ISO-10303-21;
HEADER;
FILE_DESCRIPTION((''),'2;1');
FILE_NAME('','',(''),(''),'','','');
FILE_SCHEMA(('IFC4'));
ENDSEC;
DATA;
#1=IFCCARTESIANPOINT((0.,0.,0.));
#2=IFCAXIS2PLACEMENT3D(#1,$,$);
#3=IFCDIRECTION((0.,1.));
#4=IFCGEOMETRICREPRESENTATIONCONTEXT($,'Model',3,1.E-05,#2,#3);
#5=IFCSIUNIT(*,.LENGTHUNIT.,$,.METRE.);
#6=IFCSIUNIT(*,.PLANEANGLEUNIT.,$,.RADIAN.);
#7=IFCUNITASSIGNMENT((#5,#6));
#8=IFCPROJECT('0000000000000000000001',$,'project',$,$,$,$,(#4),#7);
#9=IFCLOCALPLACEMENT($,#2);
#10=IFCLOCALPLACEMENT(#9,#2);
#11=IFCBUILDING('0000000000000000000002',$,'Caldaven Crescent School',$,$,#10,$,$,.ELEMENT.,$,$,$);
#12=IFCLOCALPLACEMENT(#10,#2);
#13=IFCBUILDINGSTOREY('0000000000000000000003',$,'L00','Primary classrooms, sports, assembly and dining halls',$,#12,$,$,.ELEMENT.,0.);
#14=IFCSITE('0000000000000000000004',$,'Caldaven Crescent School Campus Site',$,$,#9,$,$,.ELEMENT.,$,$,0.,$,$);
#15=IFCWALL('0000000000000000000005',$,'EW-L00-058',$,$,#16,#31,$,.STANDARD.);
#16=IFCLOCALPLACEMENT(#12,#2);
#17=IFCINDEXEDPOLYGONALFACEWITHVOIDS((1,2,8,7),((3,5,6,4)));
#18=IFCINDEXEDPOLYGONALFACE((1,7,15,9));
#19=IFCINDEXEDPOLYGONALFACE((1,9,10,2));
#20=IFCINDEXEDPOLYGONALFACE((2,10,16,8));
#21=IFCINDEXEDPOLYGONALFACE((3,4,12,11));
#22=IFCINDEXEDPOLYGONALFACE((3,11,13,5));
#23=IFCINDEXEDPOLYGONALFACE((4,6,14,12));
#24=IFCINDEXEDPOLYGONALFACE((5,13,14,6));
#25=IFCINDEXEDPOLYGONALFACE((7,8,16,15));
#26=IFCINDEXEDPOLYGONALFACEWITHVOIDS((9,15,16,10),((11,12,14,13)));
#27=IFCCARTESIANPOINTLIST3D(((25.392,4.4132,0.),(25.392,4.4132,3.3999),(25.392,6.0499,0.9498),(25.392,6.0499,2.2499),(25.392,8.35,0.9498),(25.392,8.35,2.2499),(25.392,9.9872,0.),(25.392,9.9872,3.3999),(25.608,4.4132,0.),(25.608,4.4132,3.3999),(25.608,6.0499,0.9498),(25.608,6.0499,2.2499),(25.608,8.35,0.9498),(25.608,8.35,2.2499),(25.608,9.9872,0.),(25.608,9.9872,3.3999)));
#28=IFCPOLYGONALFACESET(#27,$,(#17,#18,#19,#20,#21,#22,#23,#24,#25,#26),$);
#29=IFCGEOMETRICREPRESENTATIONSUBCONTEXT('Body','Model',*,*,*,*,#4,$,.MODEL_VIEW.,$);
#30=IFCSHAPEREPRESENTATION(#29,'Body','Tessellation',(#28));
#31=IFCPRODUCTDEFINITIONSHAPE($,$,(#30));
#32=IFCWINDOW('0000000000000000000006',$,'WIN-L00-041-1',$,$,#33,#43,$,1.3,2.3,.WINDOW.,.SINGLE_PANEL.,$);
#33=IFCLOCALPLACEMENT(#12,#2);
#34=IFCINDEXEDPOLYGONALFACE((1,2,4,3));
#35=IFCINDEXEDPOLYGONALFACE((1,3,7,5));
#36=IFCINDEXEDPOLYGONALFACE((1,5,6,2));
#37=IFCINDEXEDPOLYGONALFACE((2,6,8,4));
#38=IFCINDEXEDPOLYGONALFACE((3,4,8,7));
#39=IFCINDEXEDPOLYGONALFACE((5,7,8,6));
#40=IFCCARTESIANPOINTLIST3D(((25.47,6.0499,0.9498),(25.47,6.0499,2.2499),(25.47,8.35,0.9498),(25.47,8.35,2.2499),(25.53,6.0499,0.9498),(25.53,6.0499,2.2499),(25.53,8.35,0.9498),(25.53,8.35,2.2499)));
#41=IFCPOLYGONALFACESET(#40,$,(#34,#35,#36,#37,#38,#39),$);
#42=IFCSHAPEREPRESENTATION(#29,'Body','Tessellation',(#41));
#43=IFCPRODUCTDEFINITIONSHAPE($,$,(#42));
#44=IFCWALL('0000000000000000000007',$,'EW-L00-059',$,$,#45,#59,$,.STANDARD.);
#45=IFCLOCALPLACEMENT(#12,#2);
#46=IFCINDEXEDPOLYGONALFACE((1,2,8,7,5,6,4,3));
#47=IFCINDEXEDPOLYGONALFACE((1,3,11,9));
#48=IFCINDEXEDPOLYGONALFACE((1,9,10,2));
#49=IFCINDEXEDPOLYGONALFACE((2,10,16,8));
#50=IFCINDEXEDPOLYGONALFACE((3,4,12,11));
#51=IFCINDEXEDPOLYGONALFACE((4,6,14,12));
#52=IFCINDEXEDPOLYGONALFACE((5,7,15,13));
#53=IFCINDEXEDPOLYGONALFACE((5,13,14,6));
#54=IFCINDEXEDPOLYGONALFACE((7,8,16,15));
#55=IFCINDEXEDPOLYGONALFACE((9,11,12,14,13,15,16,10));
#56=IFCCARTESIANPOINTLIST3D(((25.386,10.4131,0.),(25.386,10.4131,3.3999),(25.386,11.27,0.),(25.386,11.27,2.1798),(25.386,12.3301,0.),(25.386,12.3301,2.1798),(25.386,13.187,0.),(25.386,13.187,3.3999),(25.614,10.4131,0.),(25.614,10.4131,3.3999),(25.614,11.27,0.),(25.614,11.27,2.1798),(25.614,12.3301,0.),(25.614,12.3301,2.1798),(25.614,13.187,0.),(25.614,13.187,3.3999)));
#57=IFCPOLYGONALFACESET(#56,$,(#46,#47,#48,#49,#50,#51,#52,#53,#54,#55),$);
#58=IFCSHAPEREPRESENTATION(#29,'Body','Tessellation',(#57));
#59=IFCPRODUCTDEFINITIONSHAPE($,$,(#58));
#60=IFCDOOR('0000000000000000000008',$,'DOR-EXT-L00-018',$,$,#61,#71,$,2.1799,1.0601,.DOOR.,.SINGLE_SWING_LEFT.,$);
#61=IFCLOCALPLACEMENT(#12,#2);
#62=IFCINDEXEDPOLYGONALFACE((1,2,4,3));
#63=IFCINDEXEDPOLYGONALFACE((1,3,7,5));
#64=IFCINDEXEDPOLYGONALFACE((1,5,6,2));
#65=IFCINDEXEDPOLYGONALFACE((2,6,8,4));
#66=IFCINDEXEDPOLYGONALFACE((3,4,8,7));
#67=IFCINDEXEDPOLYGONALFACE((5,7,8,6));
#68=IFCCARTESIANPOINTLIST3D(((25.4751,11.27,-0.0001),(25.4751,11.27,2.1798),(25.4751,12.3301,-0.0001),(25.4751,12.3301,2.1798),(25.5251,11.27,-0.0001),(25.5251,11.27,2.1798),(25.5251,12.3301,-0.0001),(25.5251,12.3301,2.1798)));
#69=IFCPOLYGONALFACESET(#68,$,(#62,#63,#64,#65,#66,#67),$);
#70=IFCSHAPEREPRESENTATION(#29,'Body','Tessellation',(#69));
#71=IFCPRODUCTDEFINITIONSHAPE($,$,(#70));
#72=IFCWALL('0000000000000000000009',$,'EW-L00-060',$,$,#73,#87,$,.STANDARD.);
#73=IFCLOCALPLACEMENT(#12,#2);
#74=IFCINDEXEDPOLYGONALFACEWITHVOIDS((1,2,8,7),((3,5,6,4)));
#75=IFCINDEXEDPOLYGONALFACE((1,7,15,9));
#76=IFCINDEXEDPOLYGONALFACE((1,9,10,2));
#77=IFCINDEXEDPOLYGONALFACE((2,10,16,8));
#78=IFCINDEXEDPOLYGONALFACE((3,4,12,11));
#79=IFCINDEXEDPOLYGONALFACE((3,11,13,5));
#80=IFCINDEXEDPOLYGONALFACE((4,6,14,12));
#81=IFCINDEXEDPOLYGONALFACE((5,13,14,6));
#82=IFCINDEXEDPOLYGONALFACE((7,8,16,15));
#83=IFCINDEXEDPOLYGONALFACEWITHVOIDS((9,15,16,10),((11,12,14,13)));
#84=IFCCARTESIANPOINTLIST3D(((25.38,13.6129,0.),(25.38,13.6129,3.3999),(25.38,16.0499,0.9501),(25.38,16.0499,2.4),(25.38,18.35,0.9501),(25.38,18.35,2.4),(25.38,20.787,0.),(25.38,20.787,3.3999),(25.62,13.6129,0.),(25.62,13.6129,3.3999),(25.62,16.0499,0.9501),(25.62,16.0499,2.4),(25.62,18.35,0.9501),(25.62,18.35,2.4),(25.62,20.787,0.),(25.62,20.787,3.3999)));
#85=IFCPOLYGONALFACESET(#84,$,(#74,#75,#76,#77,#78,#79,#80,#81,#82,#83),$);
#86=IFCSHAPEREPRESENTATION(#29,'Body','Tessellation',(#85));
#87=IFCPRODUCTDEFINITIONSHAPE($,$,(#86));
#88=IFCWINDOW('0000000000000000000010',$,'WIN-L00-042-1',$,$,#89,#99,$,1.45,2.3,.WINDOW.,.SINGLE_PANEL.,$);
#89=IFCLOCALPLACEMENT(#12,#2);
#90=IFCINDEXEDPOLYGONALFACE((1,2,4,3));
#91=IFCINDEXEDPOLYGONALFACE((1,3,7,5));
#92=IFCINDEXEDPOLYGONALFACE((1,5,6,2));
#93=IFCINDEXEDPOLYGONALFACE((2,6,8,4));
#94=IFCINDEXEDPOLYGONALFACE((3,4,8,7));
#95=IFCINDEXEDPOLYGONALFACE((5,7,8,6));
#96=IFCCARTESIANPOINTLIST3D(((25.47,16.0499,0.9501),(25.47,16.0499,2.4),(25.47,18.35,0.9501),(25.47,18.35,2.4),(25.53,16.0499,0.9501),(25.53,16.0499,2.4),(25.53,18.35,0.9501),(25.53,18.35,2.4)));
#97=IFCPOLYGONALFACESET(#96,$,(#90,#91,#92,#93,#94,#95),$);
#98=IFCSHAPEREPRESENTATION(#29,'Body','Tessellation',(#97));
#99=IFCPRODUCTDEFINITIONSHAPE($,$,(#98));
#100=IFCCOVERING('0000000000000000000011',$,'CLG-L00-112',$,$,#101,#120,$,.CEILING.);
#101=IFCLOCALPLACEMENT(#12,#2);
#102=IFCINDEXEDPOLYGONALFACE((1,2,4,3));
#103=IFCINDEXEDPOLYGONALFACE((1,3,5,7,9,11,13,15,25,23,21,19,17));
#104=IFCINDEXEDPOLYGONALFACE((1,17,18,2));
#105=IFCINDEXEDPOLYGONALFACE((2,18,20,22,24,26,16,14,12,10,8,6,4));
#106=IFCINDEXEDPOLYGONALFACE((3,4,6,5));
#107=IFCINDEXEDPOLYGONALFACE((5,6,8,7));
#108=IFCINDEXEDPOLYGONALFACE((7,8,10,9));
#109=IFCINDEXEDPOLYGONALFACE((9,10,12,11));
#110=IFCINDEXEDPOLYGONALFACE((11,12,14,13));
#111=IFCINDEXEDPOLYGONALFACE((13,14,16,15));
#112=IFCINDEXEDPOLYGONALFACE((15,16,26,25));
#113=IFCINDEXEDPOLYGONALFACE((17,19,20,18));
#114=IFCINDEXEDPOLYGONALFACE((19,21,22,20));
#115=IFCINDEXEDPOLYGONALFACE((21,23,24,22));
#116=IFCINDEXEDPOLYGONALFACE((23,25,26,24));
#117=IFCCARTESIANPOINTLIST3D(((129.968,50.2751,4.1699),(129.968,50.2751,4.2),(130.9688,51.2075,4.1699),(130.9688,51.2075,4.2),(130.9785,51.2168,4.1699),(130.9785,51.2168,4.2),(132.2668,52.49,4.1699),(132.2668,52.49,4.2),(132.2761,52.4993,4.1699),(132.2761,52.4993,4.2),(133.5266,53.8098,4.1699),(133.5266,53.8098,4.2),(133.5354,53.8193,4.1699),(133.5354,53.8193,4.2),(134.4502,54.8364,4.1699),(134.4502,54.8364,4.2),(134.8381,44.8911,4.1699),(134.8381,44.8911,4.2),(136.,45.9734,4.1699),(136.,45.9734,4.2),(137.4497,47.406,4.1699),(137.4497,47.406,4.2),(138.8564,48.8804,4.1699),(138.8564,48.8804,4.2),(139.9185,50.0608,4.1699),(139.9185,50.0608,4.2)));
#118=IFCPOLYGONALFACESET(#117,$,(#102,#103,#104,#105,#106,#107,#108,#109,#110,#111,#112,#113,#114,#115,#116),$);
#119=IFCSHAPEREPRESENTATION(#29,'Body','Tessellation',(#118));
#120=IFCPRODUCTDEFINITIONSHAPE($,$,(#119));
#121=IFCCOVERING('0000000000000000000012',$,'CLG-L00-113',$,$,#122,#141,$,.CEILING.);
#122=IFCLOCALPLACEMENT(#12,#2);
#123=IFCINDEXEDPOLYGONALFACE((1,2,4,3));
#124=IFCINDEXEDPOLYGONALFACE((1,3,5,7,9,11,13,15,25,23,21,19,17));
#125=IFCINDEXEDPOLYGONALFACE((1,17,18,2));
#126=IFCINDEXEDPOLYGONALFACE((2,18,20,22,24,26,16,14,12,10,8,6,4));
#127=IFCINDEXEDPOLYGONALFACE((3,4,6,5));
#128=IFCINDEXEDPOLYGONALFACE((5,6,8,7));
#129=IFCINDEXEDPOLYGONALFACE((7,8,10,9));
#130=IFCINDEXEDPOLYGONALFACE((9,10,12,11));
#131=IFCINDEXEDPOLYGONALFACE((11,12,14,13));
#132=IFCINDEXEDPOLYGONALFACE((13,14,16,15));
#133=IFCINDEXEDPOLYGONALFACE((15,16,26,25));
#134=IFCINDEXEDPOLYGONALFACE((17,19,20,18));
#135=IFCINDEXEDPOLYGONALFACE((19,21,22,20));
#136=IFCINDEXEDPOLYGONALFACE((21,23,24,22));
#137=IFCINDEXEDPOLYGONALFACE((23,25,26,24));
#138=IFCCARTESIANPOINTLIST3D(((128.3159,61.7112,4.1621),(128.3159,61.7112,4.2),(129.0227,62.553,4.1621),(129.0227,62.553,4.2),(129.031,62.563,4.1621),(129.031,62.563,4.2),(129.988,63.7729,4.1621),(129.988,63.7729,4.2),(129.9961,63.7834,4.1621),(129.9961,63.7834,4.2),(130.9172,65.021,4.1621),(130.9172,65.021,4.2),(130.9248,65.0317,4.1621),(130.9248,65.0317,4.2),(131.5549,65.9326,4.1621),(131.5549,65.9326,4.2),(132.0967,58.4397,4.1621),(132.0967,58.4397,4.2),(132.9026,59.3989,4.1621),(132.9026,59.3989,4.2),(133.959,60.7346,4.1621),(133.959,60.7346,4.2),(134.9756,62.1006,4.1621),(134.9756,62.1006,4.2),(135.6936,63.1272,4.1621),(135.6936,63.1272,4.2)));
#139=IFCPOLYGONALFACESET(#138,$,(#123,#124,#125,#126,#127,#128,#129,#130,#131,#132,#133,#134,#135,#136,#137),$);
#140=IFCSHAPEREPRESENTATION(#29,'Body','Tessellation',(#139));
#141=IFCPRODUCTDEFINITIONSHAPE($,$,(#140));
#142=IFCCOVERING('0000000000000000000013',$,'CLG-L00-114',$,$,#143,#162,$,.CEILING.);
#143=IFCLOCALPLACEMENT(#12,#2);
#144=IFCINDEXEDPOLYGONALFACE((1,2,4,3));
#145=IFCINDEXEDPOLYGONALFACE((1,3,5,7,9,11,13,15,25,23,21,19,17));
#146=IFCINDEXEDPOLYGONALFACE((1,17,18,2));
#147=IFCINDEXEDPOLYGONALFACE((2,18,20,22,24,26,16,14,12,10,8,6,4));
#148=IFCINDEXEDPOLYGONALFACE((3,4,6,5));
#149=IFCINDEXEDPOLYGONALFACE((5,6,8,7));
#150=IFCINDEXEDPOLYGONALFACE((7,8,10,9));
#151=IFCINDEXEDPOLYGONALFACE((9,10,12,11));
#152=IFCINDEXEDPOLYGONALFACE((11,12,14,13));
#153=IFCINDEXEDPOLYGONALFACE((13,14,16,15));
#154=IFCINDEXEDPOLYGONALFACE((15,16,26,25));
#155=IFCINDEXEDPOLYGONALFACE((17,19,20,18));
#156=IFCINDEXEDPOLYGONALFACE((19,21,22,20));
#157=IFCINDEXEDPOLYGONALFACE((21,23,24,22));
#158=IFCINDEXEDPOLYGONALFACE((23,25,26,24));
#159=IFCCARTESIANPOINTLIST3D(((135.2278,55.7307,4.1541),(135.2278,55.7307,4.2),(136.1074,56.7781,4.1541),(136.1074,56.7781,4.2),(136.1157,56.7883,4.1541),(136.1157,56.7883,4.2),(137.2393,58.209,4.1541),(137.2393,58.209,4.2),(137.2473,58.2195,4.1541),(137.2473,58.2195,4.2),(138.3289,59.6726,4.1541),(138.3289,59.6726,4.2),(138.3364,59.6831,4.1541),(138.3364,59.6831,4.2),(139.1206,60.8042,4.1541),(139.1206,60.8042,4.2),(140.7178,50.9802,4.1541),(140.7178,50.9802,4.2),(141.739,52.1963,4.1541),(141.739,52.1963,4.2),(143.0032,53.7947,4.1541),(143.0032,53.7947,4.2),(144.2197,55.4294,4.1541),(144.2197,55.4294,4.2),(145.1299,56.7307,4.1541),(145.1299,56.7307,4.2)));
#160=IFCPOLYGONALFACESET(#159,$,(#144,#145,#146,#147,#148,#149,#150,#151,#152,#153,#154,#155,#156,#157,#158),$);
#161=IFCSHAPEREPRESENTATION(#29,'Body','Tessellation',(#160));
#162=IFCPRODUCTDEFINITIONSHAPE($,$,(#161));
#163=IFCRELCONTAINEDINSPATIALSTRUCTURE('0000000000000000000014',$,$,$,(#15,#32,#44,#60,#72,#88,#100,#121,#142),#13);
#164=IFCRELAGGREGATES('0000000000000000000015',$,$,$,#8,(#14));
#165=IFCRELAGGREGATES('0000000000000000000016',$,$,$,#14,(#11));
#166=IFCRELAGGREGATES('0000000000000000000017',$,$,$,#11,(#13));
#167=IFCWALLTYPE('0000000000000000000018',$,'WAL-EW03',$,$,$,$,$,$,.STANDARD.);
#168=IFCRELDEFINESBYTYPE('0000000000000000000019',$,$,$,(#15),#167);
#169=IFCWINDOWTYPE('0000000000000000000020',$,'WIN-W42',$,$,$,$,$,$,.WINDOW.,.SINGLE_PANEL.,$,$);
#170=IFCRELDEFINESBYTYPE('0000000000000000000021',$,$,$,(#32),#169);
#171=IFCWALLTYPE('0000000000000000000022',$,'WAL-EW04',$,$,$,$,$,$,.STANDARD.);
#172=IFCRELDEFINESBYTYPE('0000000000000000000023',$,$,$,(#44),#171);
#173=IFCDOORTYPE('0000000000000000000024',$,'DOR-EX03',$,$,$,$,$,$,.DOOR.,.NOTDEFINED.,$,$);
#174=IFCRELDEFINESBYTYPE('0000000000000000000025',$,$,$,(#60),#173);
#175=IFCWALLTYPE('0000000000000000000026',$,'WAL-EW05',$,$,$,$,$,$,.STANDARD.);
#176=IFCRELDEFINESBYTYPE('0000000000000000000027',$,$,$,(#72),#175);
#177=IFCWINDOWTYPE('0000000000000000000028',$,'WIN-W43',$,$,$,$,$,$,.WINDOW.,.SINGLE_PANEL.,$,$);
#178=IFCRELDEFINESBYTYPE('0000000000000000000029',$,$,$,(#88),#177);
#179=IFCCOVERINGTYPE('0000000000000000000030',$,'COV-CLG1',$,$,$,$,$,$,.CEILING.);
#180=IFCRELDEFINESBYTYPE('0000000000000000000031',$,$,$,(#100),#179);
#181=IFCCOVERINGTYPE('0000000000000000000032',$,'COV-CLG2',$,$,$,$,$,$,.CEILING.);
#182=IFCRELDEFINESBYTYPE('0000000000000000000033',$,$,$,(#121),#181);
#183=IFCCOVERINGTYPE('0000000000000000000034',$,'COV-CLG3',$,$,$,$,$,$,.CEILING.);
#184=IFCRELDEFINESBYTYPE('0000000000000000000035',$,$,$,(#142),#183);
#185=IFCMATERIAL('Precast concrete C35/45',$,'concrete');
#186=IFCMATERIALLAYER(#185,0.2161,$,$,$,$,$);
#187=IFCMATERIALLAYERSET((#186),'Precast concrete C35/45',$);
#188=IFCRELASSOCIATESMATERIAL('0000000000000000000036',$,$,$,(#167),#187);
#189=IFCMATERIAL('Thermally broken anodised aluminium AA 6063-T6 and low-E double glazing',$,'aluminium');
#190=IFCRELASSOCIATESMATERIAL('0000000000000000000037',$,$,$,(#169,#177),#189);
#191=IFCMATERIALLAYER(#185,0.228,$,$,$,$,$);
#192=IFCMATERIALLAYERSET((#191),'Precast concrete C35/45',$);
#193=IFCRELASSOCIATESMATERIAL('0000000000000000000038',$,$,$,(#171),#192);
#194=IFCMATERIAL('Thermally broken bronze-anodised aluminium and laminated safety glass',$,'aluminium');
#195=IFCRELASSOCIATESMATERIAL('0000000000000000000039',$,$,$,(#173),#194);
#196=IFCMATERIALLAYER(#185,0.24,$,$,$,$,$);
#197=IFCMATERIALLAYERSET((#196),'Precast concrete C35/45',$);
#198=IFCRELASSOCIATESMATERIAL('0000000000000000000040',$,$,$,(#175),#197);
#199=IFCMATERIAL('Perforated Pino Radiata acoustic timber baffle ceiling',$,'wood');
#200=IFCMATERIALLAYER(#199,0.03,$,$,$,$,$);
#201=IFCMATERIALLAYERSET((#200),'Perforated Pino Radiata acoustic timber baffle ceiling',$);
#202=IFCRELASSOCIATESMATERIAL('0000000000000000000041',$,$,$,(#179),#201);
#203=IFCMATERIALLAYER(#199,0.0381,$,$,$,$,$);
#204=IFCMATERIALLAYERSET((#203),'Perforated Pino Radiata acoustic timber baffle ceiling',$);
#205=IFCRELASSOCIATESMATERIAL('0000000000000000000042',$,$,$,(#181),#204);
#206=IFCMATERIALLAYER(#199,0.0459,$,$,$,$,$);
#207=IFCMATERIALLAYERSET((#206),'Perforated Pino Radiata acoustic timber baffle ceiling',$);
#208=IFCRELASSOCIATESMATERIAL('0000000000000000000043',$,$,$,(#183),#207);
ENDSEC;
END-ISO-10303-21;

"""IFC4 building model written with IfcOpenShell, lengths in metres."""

from ifc_helpers import new_model, si_unit, direction, frame, frame_2d, origin, place, context, subcontext, project, spatial, polyline, rectangle, outline, extrude, material, layer, layer_set, type_object, element, fill, save


model = new_model("IFC4")

# Units and contexts
model_context = context("Model", 3, precision=1e-05, world=origin(), true_north=direction((0.0, 1.0)))
body_context = subcontext(model_context, "Body", "Model", "MODEL_VIEW")
ifc_project = project(units=[si_unit("LENGTHUNIT", "METRE"), si_unit("PLANEANGLEUNIT", "RADIAN")], contexts=[model_context])

# Site, building, storey
site_placement = place(None, origin())
site = spatial("IfcSite", under=ifc_project, at=site_placement, Name="Caldaven Crescent School Campus Site", CompositionType="ELEMENT", RefElevation=0.0)
building_placement = place(site_placement, origin())
building = spatial("IfcBuilding", under=site, at=building_placement, Name="Caldaven Crescent School", CompositionType="ELEMENT")
storey_placement = place(building_placement, origin())
storey = spatial("IfcBuildingStorey", under=building, at=storey_placement, Name="L00", Description="Primary classrooms, sports, assembly and dining halls", CompositionType="ELEMENT", Elevation=0.0)

# Wall, opening, window
ifc_material_1 = material(Name="Precast concrete C35/45", Category="concrete")
ifc_layer_1 = layer(ifc_material_1, 0.2161)
ifc_layer_set_1 = layer_set([ifc_layer_1], Name="Precast concrete C35/45")
wall_type_1 = type_object("IfcWallType", Name="WAL-EW03", PredefinedType="STANDARD", material=ifc_layer_set_1)
wall_1_placement = place(storey_placement, frame((25.5, 4.4131, 0.0), z_axis=(0.0, 0.0, 1.0), x_axis=(0.0, 1.0, 0.0)))
wall_1 = element("IfcWall", 1, at=wall_1_placement, inside=storey, type_object=wall_type_1, Name="EW-L00-058", PredefinedType="STANDARD", context=body_context, shape_type="SweptSolid", body=[
    extrude(rectangle(XDim=5.574, YDim=0.2161, at=frame_2d((2.7871, 0.0))), origin(), (0.0, 0.0, 1.0), 3.3999),
])
opening_1_placement = place(wall_1_placement, frame((1.637, 0.0, 0.95)))
opening_1 = element("IfcOpeningElement", 2, at=opening_1_placement, cuts=wall_1, PredefinedType="OPENING", context=body_context, shape_type="SweptSolid", body=[
    extrude(rectangle(XDim=2.3, YDim=1.3, at=frame_2d((1.1499, 0.6499))), frame((0.0, 0.1179, 0.0), z_axis=(0.0, -1.0, 0.0), x_axis=(1.0, 0.0, 0.0)), (0.0, 0.0, 1.0), 0.2361),
])
ifc_material_2 = material(Name="Thermally broken anodised aluminium AA 6063-T6 and low-E double glazing", Category="aluminium")
window_type_1 = type_object("IfcWindowType", Name="WIN-W42", PartitioningType="SINGLE_PANEL", PredefinedType="WINDOW", material=ifc_material_2)
window_1_placement = place(opening_1_placement, origin())
window_1 = element("IfcWindow", 3, at=window_1_placement, inside=storey, type_object=window_type_1, Name="WIN-L00-041-1", OverallHeight=1.3, OverallWidth=2.3, PartitioningType="SINGLE_PANEL", PredefinedType="WINDOW", context=body_context, shape_type="SweptSolid", body=[
    extrude(rectangle(XDim=2.3, YDim=1.3, at=frame_2d((1.1499, 0.6499))), frame((0.0, 0.03, 0.0), z_axis=(0.0, -1.0, 0.0), x_axis=(1.0, 0.0, 0.0)), (0.0, 0.0, 1.0), 0.0601),
])
fill(opening_1, window_1)

# Wall, opening, door
ifc_layer_2 = layer(ifc_material_1, 0.228)
ifc_layer_set_2 = layer_set([ifc_layer_2], Name="Precast concrete C35/45")
wall_type_2 = type_object("IfcWallType", Name="WAL-EW04", PredefinedType="STANDARD", material=ifc_layer_set_2)
wall_2_placement = place(storey_placement, frame((25.5, 10.4131, 0.0), z_axis=(0.0, 0.0, 1.0), x_axis=(0.0, 1.0, 0.0)))
wall_2 = element("IfcWall", 4, at=wall_2_placement, inside=storey, type_object=wall_type_2, Name="EW-L00-059", PredefinedType="STANDARD", context=body_context, shape_type="SweptSolid", body=[
    extrude(rectangle(XDim=2.7739, YDim=0.228, at=frame_2d((1.387, 0.0))), origin(), (0.0, 0.0, 1.0), 3.3999),
])
opening_2_placement = place(wall_2_placement, frame((0.8569, 0.0, 0.0)))
opening_2 = element("IfcOpeningElement", 5, at=opening_2_placement, cuts=wall_2, PredefinedType="OPENING", context=body_context, shape_type="SweptSolid", body=[
    extrude(rectangle(XDim=1.0601, YDim=2.1799, at=frame_2d((0.53, 1.0898))), frame((0.0, 0.124, 0.0), z_axis=(0.0, -1.0, 0.0), x_axis=(1.0, 0.0, 0.0)), (0.0, 0.0, 1.0), 0.248),
])
ifc_material_3 = material(Name="Thermally broken bronze-anodised aluminium and laminated safety glass", Category="aluminium")
door_type = type_object("IfcDoorType", Name="DOR-EX03", OperationType="NOTDEFINED", PredefinedType="DOOR", material=ifc_material_3)
door_placement = place(opening_2_placement, origin())
door = element("IfcDoor", 6, at=door_placement, inside=storey, type_object=door_type, Name="DOR-EXT-L00-018", OperationType="SINGLE_SWING_LEFT", OverallHeight=2.1799, OverallWidth=1.0601, PredefinedType="DOOR", context=body_context, shape_type="SweptSolid", body=[
    extrude(rectangle(XDim=1.0601, YDim=2.1799, at=frame_2d((0.53, 1.0898))), frame((0.0, 0.0249, 0.0), z_axis=(0.0, -1.0, 0.0), x_axis=(1.0, 0.0, 0.0)), (0.0, 0.0, 1.0), 0.05),
])
fill(opening_2, door)

# Wall, opening, window
ifc_layer_3 = layer(ifc_material_1, 0.24)
ifc_layer_set_3 = layer_set([ifc_layer_3], Name="Precast concrete C35/45")
wall_type_3 = type_object("IfcWallType", Name="WAL-EW05", PredefinedType="STANDARD", material=ifc_layer_set_3)
wall_3_placement = place(storey_placement, frame((25.5, 13.613, 0.0), z_axis=(0.0, 0.0, 1.0), x_axis=(0.0, 1.0, 0.0)))
wall_3 = element("IfcWall", 7, at=wall_3_placement, inside=storey, type_object=wall_type_3, Name="EW-L00-060", PredefinedType="STANDARD", context=body_context, shape_type="SweptSolid", body=[
    extrude(rectangle(XDim=7.1741, YDim=0.24, at=frame_2d((3.5869, 0.0))), origin(), (0.0, 0.0, 1.0), 3.3999),
])
opening_3_placement = place(wall_3_placement, frame((2.437, 0.0, 0.95)))
opening_3 = element("IfcOpeningElement", 8, at=opening_3_placement, cuts=wall_3, PredefinedType="OPENING", context=body_context, shape_type="SweptSolid", body=[
    extrude(rectangle(XDim=2.3, YDim=1.45, at=frame_2d((1.1499, 0.7251))), frame((0.0, 0.1299, 0.0), z_axis=(0.0, -1.0, 0.0), x_axis=(1.0, 0.0, 0.0)), (0.0, 0.0, 1.0), 0.26),
])
window_type_2 = type_object("IfcWindowType", Name="WIN-W43", PartitioningType="SINGLE_PANEL", PredefinedType="WINDOW", material=ifc_material_2)
window_2_placement = place(opening_3_placement, origin())
window_2 = element("IfcWindow", 9, at=window_2_placement, inside=storey, type_object=window_type_2, Name="WIN-L00-042-1", OverallHeight=1.45, OverallWidth=2.3, PartitioningType="SINGLE_PANEL", PredefinedType="WINDOW", context=body_context, shape_type="SweptSolid", body=[
    extrude(rectangle(XDim=2.3, YDim=1.45, at=frame_2d((1.1499, 0.7251))), frame((0.0, 0.03, 0.0), z_axis=(0.0, -1.0, 0.0), x_axis=(1.0, 0.0, 0.0)), (0.0, 0.0, 1.0), 0.0601),
])
fill(opening_3, window_2)

# Coverings
ifc_material_4 = material(Name="Perforated Pino Radiata acoustic timber baffle ceiling", Category="wood")
ifc_layer_4 = layer(ifc_material_4, 0.03)
ifc_layer_set_4 = layer_set([ifc_layer_4], Name="Perforated Pino Radiata acoustic timber baffle ceiling")
covering_type_1 = type_object("IfcCoveringType", Name="COV-CLG1", PredefinedType="CEILING", material=ifc_layer_set_4)
covering_1_placement = place(storey_placement, frame((0.0, 0.0, 4.1699)))
element("IfcCovering", 10, at=covering_1_placement, inside=storey, type_object=covering_type_1, Name="CLG-L00-112", PredefinedType="CEILING", context=body_context, shape_type="SweptSolid", body=[
    extrude(outline(polyline([(130.9688, 51.2075), (130.9785, 51.2168), (132.2668, 52.49), (132.2761, 52.4993), (133.5266, 53.8098), (133.5354, 53.8193), (134.4502, 54.8364), (139.9185, 50.0608), (138.8564, 48.8804), (137.4497, 47.406), (136.0, 45.9734), (134.8381, 44.8911), (129.968, 50.2751), (130.9688, 51.2075)])), origin(), (0.0, 0.0, 1.0), 0.03),
])
ifc_layer_5 = layer(ifc_material_4, 0.0381)
ifc_layer_set_5 = layer_set([ifc_layer_5], Name="Perforated Pino Radiata acoustic timber baffle ceiling")
covering_type_2 = type_object("IfcCoveringType", Name="COV-CLG2", PredefinedType="CEILING", material=ifc_layer_set_5)
covering_2_placement = place(storey_placement, frame((0.0, 0.0, 4.1621)))
element("IfcCovering", 11, at=covering_2_placement, inside=storey, type_object=covering_type_2, Name="CLG-L00-113", PredefinedType="CEILING", context=body_context, shape_type="SweptSolid", body=[
    extrude(outline(polyline([(129.0227, 62.553), (129.031, 62.563), (129.988, 63.7729), (129.9961, 63.7834), (130.9172, 65.021), (130.9248, 65.0317), (131.5549, 65.9326), (135.6936, 63.1272), (134.9756, 62.1006), (133.959, 60.7346), (132.9026, 59.3989), (132.0967, 58.4397), (128.3159, 61.7112), (129.0227, 62.553)])), origin(), (0.0, 0.0, 1.0), 0.0378),
])
ifc_layer_6 = layer(ifc_material_4, 0.0459)
ifc_layer_set_6 = layer_set([ifc_layer_6], Name="Perforated Pino Radiata acoustic timber baffle ceiling")
covering_type_3 = type_object("IfcCoveringType", Name="COV-CLG3", PredefinedType="CEILING", material=ifc_layer_set_6)
covering_3_placement = place(storey_placement, frame((0.0, 0.0, 4.1541)))
element("IfcCovering", 12, at=covering_3_placement, inside=storey, type_object=covering_type_3, Name="CLG-L00-114", PredefinedType="CEILING", context=body_context, shape_type="SweptSolid", body=[
    extrude(outline(polyline([(136.1074, 56.7781), (136.1157, 56.7883), (137.2393, 58.209), (137.2473, 58.2195), (138.3289, 59.6726), (138.3364, 59.6831), (139.1206, 60.8042), (145.1299, 56.7307), (144.2197, 55.4294), (143.0032, 53.7947), (141.739, 52.1963), (140.7178, 50.9802), (135.2278, 55.7307), (136.1074, 56.7781)])), origin(), (0.0, 0.0, 1.0), 0.0459),
])

save(model, "model.ifc")
